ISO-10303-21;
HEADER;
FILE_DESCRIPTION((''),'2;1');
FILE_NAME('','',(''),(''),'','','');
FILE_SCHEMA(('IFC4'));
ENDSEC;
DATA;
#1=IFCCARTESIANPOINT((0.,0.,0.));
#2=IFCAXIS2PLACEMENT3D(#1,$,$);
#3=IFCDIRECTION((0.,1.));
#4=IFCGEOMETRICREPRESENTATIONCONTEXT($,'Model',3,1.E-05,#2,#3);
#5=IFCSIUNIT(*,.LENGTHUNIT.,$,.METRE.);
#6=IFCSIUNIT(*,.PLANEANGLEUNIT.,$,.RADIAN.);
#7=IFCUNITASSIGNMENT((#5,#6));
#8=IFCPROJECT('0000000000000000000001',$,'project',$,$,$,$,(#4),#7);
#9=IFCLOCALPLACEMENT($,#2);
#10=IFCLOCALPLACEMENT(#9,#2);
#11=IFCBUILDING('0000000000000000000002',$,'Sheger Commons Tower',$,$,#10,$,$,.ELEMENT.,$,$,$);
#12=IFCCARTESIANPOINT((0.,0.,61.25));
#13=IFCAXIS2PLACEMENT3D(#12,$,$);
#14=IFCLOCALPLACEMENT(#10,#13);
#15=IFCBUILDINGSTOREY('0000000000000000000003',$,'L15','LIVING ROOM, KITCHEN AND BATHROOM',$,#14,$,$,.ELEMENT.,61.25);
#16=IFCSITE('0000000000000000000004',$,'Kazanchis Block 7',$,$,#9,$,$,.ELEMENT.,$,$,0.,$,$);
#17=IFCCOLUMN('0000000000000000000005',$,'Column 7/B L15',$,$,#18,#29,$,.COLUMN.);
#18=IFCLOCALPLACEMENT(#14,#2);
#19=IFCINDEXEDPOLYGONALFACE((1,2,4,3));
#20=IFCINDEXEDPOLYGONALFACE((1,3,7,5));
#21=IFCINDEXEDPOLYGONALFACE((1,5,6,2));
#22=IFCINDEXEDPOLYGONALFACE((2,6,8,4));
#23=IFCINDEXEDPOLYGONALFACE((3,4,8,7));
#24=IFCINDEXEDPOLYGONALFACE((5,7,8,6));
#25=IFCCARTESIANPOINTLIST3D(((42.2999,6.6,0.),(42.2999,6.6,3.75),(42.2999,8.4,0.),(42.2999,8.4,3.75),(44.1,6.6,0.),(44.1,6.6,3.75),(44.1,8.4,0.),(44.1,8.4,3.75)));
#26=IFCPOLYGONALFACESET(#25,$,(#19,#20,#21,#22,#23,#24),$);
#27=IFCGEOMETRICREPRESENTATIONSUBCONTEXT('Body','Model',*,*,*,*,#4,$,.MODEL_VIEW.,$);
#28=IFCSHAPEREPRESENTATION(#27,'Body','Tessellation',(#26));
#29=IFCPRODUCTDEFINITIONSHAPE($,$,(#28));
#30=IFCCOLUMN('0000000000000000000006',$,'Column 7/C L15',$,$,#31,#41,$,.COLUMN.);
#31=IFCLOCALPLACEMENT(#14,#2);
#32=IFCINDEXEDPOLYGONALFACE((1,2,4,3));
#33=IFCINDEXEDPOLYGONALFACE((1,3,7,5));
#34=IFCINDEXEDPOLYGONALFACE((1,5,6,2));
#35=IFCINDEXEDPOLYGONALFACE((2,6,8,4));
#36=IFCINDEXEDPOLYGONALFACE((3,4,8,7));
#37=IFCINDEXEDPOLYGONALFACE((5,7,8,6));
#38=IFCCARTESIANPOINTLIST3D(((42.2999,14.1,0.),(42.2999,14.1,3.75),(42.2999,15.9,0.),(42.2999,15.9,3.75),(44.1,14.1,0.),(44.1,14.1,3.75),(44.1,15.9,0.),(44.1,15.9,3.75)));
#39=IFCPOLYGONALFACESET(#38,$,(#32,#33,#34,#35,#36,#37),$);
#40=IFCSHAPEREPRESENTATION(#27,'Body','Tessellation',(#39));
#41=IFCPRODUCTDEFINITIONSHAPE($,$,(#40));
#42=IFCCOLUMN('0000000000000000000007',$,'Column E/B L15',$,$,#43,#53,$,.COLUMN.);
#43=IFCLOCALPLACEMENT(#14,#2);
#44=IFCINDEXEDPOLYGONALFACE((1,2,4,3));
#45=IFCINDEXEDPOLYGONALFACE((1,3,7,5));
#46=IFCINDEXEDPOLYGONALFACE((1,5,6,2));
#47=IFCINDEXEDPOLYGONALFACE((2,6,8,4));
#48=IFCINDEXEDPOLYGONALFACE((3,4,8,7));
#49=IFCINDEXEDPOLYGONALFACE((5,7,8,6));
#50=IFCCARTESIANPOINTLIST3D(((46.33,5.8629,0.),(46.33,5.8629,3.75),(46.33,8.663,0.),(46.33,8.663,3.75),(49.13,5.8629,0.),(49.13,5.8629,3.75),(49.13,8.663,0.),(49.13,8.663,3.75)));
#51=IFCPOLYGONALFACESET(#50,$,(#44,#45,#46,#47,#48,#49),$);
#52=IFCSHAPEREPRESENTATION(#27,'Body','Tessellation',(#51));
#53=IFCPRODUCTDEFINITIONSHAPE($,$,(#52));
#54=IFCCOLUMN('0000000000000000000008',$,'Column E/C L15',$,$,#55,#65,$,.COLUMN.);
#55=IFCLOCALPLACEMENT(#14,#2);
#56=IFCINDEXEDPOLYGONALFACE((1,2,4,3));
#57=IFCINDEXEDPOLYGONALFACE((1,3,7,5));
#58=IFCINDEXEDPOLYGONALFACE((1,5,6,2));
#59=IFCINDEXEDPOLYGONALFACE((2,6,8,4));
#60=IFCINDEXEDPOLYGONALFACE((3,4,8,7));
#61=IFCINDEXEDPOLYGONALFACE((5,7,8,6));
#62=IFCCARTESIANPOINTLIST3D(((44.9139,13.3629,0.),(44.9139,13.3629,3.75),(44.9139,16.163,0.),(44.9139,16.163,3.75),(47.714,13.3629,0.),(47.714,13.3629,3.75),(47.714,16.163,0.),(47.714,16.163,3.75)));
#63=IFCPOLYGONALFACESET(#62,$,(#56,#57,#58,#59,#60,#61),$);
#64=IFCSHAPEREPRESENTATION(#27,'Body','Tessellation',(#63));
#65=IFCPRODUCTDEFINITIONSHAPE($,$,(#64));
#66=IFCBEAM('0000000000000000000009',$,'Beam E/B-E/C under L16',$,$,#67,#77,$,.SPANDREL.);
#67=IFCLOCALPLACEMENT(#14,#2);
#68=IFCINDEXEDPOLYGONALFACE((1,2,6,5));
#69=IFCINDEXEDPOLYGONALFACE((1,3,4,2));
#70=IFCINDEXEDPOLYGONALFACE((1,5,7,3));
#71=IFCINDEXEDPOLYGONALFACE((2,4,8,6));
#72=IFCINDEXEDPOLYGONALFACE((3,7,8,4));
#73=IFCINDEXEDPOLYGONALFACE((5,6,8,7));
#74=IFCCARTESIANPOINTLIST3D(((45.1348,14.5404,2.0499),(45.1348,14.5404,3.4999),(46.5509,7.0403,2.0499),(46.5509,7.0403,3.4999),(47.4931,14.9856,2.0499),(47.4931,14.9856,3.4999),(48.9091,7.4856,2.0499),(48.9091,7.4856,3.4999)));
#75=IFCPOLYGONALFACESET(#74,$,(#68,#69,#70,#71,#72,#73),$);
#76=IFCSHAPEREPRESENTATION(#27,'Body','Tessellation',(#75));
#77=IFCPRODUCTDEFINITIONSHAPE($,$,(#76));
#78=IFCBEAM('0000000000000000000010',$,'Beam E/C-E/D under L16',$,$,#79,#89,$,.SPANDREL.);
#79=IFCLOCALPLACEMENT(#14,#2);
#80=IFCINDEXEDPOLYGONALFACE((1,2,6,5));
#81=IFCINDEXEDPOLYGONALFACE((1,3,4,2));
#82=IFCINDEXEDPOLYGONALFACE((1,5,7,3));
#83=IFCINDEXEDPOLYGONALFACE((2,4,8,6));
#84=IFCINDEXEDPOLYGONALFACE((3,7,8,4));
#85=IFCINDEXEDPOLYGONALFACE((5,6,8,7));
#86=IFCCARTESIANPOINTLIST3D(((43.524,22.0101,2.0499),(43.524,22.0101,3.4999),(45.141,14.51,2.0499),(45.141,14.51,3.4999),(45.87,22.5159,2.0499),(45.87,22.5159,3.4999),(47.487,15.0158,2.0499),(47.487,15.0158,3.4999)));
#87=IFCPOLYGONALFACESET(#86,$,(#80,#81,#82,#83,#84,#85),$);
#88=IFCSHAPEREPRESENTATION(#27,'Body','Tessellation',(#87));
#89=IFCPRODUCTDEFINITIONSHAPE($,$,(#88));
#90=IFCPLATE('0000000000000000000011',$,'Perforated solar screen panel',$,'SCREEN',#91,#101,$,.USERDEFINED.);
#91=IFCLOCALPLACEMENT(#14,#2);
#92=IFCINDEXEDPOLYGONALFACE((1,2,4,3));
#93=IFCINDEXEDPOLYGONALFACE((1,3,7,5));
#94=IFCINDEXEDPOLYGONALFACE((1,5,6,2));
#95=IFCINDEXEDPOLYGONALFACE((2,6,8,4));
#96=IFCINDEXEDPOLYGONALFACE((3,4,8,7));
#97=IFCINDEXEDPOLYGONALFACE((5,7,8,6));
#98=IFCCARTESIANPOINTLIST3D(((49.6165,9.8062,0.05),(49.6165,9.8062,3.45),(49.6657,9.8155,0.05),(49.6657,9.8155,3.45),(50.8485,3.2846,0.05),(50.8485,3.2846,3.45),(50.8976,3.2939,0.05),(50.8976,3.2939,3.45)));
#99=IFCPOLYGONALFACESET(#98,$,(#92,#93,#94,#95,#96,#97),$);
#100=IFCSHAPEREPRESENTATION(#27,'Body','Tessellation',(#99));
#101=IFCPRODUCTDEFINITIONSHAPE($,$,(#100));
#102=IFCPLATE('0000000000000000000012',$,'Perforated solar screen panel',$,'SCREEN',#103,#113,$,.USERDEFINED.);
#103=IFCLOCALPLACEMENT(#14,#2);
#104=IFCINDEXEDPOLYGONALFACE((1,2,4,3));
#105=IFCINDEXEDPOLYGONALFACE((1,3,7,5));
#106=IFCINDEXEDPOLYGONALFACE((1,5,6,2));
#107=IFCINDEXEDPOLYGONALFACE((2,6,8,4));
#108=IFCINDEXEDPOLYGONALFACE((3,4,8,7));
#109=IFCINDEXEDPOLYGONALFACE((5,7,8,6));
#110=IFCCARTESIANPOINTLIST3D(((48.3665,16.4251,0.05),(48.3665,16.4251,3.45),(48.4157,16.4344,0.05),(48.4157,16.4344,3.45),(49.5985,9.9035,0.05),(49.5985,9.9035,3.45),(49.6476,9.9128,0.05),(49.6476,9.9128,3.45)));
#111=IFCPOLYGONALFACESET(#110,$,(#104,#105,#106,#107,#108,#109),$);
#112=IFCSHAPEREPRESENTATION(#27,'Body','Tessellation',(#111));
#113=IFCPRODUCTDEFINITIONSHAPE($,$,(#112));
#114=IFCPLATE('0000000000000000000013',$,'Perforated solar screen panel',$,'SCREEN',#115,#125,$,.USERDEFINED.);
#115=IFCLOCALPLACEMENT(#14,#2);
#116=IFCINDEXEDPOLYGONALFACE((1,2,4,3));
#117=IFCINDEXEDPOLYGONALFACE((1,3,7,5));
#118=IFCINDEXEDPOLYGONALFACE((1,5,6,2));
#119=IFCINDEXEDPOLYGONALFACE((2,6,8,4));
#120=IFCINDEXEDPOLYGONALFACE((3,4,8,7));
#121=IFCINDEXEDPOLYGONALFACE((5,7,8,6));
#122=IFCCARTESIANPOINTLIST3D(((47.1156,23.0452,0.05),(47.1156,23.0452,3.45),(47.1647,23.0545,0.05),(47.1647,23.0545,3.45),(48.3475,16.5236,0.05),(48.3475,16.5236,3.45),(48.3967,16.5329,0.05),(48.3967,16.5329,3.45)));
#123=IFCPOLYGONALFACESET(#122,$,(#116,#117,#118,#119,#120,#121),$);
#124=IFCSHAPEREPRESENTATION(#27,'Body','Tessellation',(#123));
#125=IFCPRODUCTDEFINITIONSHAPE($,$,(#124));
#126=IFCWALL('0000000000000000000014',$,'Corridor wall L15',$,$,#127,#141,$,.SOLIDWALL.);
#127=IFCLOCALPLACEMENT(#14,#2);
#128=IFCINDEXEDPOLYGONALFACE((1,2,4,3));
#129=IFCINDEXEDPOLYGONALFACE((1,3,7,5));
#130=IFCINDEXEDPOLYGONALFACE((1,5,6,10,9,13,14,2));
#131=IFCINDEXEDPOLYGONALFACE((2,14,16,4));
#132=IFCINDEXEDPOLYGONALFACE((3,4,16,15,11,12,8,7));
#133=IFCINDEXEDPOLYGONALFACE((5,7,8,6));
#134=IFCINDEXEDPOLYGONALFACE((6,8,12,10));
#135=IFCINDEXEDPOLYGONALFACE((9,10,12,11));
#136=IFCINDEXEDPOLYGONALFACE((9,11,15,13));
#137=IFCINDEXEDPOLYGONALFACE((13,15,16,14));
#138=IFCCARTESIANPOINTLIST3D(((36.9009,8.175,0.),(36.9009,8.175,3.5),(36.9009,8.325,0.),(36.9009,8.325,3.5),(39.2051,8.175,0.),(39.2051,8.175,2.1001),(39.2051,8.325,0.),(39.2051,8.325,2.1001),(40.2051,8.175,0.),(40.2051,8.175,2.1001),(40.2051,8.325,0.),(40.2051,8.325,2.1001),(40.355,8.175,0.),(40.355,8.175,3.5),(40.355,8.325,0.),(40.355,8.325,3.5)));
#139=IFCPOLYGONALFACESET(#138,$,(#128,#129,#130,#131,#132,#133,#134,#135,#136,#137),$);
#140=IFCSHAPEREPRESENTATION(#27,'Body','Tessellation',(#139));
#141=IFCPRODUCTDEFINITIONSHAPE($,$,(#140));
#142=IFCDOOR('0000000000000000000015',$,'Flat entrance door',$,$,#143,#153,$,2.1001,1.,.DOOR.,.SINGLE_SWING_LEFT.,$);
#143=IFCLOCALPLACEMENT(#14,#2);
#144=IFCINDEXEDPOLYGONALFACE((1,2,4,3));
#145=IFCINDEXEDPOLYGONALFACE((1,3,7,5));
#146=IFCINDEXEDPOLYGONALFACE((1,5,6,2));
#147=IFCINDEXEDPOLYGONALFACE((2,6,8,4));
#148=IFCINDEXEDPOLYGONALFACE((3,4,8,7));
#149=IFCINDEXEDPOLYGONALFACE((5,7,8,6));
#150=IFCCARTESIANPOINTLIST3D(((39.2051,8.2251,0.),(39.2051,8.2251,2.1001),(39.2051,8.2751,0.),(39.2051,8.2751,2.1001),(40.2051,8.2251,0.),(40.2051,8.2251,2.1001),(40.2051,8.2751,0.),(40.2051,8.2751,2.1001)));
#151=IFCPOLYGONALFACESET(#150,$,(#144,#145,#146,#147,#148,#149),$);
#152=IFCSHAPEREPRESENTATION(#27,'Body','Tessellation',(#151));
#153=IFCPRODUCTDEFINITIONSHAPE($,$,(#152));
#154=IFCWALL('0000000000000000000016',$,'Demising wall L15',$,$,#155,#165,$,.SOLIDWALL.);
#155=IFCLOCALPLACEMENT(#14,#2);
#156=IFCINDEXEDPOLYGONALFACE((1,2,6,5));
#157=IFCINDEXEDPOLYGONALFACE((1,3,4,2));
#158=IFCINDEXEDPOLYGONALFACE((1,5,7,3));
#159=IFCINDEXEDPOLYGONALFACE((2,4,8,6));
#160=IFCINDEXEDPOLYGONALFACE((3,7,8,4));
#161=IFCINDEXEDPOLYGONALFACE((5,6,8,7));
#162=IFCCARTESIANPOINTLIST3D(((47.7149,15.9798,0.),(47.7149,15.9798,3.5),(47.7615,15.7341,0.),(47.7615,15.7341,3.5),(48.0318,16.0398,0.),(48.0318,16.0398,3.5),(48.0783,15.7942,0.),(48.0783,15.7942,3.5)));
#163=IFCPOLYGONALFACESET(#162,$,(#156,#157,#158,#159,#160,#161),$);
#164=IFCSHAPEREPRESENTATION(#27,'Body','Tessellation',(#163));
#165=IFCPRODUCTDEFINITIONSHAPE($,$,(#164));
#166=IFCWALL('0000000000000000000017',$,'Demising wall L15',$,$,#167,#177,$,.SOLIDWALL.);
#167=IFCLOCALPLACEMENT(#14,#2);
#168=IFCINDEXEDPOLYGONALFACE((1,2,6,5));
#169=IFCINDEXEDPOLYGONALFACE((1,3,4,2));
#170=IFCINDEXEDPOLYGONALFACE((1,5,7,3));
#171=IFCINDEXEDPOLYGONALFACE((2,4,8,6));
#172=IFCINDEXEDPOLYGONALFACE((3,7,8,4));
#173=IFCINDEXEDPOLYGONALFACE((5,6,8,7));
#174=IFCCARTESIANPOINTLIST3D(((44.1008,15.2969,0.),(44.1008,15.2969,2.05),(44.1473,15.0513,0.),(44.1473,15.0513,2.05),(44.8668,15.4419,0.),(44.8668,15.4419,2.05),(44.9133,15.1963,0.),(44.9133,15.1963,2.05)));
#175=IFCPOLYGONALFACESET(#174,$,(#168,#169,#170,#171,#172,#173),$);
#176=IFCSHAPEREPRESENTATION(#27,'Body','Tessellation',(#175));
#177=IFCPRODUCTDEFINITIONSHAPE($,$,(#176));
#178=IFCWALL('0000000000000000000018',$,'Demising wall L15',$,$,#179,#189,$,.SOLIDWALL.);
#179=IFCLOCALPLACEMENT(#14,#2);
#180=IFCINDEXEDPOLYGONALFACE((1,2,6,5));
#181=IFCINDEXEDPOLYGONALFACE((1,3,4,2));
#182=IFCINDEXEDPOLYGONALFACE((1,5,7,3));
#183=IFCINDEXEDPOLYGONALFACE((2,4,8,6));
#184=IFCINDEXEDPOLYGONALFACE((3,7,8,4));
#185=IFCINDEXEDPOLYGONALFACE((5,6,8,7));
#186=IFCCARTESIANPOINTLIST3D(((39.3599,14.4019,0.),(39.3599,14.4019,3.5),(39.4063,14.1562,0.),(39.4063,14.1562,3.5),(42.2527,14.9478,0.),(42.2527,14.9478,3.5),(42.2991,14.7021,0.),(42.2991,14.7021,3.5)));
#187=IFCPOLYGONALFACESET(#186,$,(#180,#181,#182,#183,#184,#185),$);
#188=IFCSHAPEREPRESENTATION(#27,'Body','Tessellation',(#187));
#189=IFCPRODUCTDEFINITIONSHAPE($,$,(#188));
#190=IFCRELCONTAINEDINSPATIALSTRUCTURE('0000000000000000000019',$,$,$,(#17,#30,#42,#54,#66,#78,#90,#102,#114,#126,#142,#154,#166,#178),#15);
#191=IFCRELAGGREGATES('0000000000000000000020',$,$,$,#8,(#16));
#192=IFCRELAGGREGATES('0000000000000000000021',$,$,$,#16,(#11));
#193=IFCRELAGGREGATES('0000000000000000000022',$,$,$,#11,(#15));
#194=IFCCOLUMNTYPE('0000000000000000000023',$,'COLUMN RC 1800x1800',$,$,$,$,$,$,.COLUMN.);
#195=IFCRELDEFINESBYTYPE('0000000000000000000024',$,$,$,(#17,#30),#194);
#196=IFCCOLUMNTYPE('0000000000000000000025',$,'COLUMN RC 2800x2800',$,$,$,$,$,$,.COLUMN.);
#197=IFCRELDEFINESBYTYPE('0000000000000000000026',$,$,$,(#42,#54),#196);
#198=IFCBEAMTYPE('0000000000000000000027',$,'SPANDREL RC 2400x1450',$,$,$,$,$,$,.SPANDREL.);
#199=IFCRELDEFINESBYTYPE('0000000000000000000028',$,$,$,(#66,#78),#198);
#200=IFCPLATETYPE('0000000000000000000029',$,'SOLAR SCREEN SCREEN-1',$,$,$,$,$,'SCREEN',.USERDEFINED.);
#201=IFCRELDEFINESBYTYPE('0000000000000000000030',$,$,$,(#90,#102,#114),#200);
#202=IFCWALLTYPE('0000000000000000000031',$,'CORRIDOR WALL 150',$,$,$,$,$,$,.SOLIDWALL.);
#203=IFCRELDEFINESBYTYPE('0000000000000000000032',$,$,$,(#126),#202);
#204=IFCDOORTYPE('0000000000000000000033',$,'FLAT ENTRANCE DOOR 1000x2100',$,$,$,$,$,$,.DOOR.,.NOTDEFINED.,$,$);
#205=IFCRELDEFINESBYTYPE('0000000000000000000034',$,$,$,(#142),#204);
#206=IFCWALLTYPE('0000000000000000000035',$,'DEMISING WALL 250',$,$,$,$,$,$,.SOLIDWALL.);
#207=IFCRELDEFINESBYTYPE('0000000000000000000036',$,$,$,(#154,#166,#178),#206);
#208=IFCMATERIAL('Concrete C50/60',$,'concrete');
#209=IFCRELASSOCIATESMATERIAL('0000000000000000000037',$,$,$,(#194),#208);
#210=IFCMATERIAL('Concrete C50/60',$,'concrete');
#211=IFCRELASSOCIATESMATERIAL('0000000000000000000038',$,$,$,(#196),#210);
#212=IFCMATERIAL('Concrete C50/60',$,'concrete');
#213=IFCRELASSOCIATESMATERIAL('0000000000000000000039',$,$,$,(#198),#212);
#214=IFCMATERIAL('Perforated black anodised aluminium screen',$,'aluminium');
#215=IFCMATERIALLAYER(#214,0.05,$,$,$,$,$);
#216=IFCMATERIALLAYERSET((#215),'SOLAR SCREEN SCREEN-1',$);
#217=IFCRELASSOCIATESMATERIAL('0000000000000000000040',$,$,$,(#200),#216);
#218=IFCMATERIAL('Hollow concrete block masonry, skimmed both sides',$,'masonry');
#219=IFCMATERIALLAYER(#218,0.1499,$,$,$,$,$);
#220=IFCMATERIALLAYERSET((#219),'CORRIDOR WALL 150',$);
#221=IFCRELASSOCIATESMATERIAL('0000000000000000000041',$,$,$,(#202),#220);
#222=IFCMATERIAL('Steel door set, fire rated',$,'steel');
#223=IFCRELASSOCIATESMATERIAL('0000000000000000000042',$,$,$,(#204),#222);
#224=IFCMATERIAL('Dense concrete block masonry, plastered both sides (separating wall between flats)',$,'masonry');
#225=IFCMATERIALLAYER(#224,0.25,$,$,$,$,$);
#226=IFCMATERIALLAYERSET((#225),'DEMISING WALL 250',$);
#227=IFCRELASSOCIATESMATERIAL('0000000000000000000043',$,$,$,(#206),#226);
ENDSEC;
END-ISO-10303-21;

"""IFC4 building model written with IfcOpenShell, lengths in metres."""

from ifc_helpers import new_model, si_unit, direction, frame, frame_2d, origin, origin_2d, place, context, subcontext, project, spatial, rectangle, extrude, material, layer, layer_set, material_profile, profile_set, type_object, element, fill, save


model = new_model("IFC4")

# Units and contexts
model_context = context("Model", 3, precision=1e-05, world=origin(), true_north=direction((0.0, 1.0)))
body_context = subcontext(model_context, "Body", "Model", "MODEL_VIEW")
ifc_project = project(units=[si_unit("LENGTHUNIT", "METRE"), si_unit("PLANEANGLEUNIT", "RADIAN")], contexts=[model_context])

# Site, building, storey
site_placement = place(None, origin())
site = spatial("IfcSite", under=ifc_project, at=site_placement, Name="Kazanchis Block 7", CompositionType="ELEMENT", RefElevation=0.0)
building_placement = place(site_placement, origin())
building = spatial("IfcBuilding", under=site, at=building_placement, Name="Sheger Commons Tower", CompositionType="ELEMENT")
storey_placement = place(building_placement, frame((0.0, 0.0, 61.25)))
storey = spatial("IfcBuildingStorey", under=building, at=storey_placement, Name="L15", Description="LIVING ROOM, KITCHEN AND BATHROOM", CompositionType="ELEMENT", Elevation=61.25)

# Columns
ifc_material_1 = material(Name="Concrete C50/60", Category="concrete")
ifc_material_profile_1 = material_profile(ifc_material_1, rectangle(XDim=1.8, YDim=1.8, at=origin_2d()), Name="RC 1800x1800")
ifc_profile_set_1 = profile_set([ifc_material_profile_1], Name="Concrete C50/60")
column_type_1 = type_object("IfcColumnType", Name="COLUMN RC 1800x1800", PredefinedType="COLUMN", material=ifc_profile_set_1)
for number, where, z_axis, x_axis, name in (
    (1, (43.2, 7.5, 0.0), (0.0, 0.0, 1.0), (1.0, 0.0, 0.0), "Column 7/B L15"),
    (2, (43.2, 15.0, 0.0), (0.0, 0.0, 1.0), (1.0, 0.0, 0.0), "Column 7/C L15"),
):
    element("IfcColumn", number, at=place(storey_placement, frame(where, z_axis=z_axis, x_axis=x_axis)), inside=storey, type_object=column_type_1, Name=name, PredefinedType="COLUMN", context=body_context, shape_type="SweptSolid", body=[
        extrude(rectangle(XDim=1.8, YDim=1.8, at=origin_2d()), origin(), (0.0, 0.0, 1.0), 3.75),
    ])
ifc_material_2 = material(Name="Concrete C50/60", Category="concrete")
ifc_material_profile_2 = material_profile(ifc_material_2, rectangle(XDim=2.8, YDim=2.8, at=origin_2d()), Name="RC 2800x2800")
ifc_profile_set_2 = profile_set([ifc_material_profile_2], Name="Concrete C50/60")
column_type_2 = type_object("IfcColumnType", Name="COLUMN RC 2800x2800", PredefinedType="COLUMN", material=ifc_profile_set_2)
for number, where, z_axis, x_axis, name in (
    (3, (47.73, 7.2629, 0.0), (0.0, 0.0, 1.0), (1.0, 0.0, 0.0), "Column E/B L15"),
    (4, (46.314, 14.7629, 0.0), (0.0, 0.0, 1.0), (1.0, 0.0, 0.0), "Column E/C L15"),
):
    element("IfcColumn", number, at=place(storey_placement, frame(where, z_axis=z_axis, x_axis=x_axis)), inside=storey, type_object=column_type_2, Name=name, PredefinedType="COLUMN", context=body_context, shape_type="SweptSolid", body=[
        extrude(rectangle(XDim=2.8, YDim=2.8, at=origin_2d()), origin(), (0.0, 0.0, 1.0), 3.75),
    ])

# Beams
ifc_material_3 = material(Name="Concrete C50/60", Category="concrete")
ifc_material_profile_3 = material_profile(ifc_material_3, rectangle(XDim=2.3999, YDim=1.45, at=origin_2d()), Name="RC 2400x1450")
ifc_profile_set_3 = profile_set([ifc_material_profile_3], Name="Concrete C50/60")
beam_type = type_object("IfcBeamType", Name="SPANDREL RC 2400x1450", PredefinedType="SPANDREL", material=ifc_profile_set_3)
beam_1_placement = place(storey_placement, frame((47.73, 7.2629, 2.7749), z_axis=(-0.185524, 0.98264, 0.0), x_axis=(-0.98264, -0.185524, 0.0)))
element("IfcBeam", 5, at=beam_1_placement, inside=storey, type_object=beam_type, Name="Beam E/B-E/C under L16", PredefinedType="SPANDREL", context=body_context, shape_type="SweptSolid", body=[
    extrude(rectangle(XDim=2.3999, YDim=1.45, at=origin_2d()), origin(), (0.0, 0.0, 1.0), 7.6326),
])
beam_2_placement = place(storey_placement, frame((46.314, 14.7629, 2.7749), z_axis=(-0.21075, 0.97754, 0.0), x_axis=(-0.97754, -0.21075, 0.0)))
element("IfcBeam", 6, at=beam_2_placement, inside=storey, type_object=beam_type, Name="Beam E/C-E/D under L16", PredefinedType="SPANDREL", context=body_context, shape_type="SweptSolid", body=[
    extrude(rectangle(XDim=2.3999, YDim=1.45, at=origin_2d()), origin(), (0.0, 0.0, 1.0), 7.6724),
])

# Plates
ifc_material_4 = material(Name="Perforated black anodised aluminium screen", Category="aluminium")
ifc_layer_1 = layer(ifc_material_4, 0.05)
ifc_layer_set_1 = layer_set([ifc_layer_1], Name="SOLAR SCREEN SCREEN-1")
plate_type = type_object("IfcPlateType", Name="SOLAR SCREEN SCREEN-1", ElementType="SCREEN", PredefinedType="USERDEFINED", material=ifc_layer_set_1)
for number, where, z_axis, x_axis, name in (
    (7, (50.2571, 6.55, 0.05), (0.0, 0.0, 1.0), (-0.185615, 0.982623, 0.0), "Perforated solar screen panel"),
    (8, (49.0071, 13.1689, 0.05), (0.0, 0.0, 1.0), (-0.185615, 0.982623, 0.0), "Perforated solar screen panel"),
    (9, (47.7561, 19.7891, 0.05), (0.0, 0.0, 1.0), (-0.185615, 0.982623, 0.0), "Perforated solar screen panel"),
):
    element("IfcPlate", number, at=place(storey_placement, frame(where, z_axis=z_axis, x_axis=x_axis)), inside=storey, type_object=plate_type, Name=name, ObjectType="SCREEN", PredefinedType="USERDEFINED", context=body_context, shape_type="SweptSolid", body=[
        extrude(rectangle(XDim=6.637, YDim=0.05, at=origin_2d()), origin(), (0.0, 0.0, 1.0), 3.3999),
    ])

# Wall, opening, door
ifc_material_5 = material(Name="Hollow concrete block masonry, skimmed both sides", Category="masonry")
ifc_layer_2 = layer(ifc_material_5, 0.1499)
ifc_layer_set_2 = layer_set([ifc_layer_2], Name="CORRIDOR WALL 150")
wall_type_1 = type_object("IfcWallType", Name="CORRIDOR WALL 150", PredefinedType="SOLIDWALL", material=ifc_layer_set_2)
wall_1_placement = place(storey_placement, frame((40.355, 8.25, 0.0), z_axis=(0.0, 0.0, 1.0), x_axis=(-1.0, 0.0, 0.0)))
wall_1 = element("IfcWall", 10, at=wall_1_placement, inside=storey, type_object=wall_type_1, Name="Corridor wall L15", PredefinedType="SOLIDWALL", context=body_context, shape_type="SweptSolid", body=[
    extrude(rectangle(XDim=3.4541, YDim=0.1499, at=frame_2d((1.7271, 0.0))), origin(), (0.0, 0.0, 1.0), 3.5),
])
opening_1_placement = place(wall_1_placement, frame((0.1499, 0.0, 0.0)))
opening_1 = element("IfcOpeningElement", 11, at=opening_1_placement, cuts=wall_1, PredefinedType="OPENING", context=body_context, shape_type="SweptSolid", body=[
    extrude(rectangle(XDim=1.0, YDim=2.1001, at=frame_2d((0.5, 1.05))), frame((0.0, 0.085, 0.0), z_axis=(0.0, -1.0, 0.0), x_axis=(1.0, 0.0, 0.0)), (0.0, 0.0, 1.0), 0.1699),
])
ifc_material_6 = material(Name="Steel door set, fire rated", Category="steel")
door_type_1 = type_object("IfcDoorType", Name="FLAT ENTRANCE DOOR 1000x2100", OperationType="NOTDEFINED", PredefinedType="DOOR", material=ifc_material_6)
door_1_placement = place(opening_1_placement, origin())
door_1 = element("IfcDoor", 12, at=door_1_placement, inside=storey, type_object=door_type_1, Name="Flat entrance door", OperationType="SINGLE_SWING_LEFT", OverallHeight=2.1001, OverallWidth=1.0, PredefinedType="DOOR", context=body_context, shape_type="SweptSolid", body=[
    extrude(rectangle(XDim=1.0, YDim=2.1001, at=frame_2d((0.5, 1.05))), frame((0.0, 0.0249, 0.0), z_axis=(0.0, -1.0, 0.0), x_axis=(1.0, 0.0, 0.0)), (0.0, 0.0, 1.0), 0.05),
])
fill(opening_1, door_1)

# Walls
ifc_material_7 = material(Name="Dense concrete block masonry, plastered both sides (separating wall between flats)", Category="masonry")
ifc_layer_3 = layer(ifc_material_7, 0.25)
ifc_layer_set_3 = layer_set([ifc_layer_3], Name="DEMISING WALL 250")
wall_type_2 = type_object("IfcWallType", Name="DEMISING WALL 250", PredefinedType="SOLIDWALL", material=ifc_layer_set_3)
wall_2_placement = place(storey_placement, frame((48.0549, 15.917, 0.0), z_axis=(0.0, 0.0, 1.0), x_axis=(-0.98251, -0.186208, 0.0)))
element("IfcWall", 13, at=wall_2_placement, inside=storey, type_object=wall_type_2, Name="Demising wall L15", PredefinedType="SOLIDWALL", context=body_context, shape_type="SweptSolid", body=[
    extrude(rectangle(XDim=0.3225, YDim=0.25, at=frame_2d((0.1611, 0.0))), origin(), (0.0, 0.0, 1.0), 3.5),
])
wall_3_placement = place(storey_placement, frame((44.8899, 15.3191, 0.0), z_axis=(0.0, 0.0, 1.0), x_axis=(-0.982541, -0.186047, 0.0)))
element("IfcWall", 14, at=wall_3_placement, inside=storey, type_object=wall_type_2, Name="Demising wall L15", PredefinedType="SOLIDWALL", context=body_context, shape_type="SweptSolid", body=[
    extrude(rectangle(XDim=0.7795, YDim=0.25, at=frame_2d((0.3896, 0.0))), origin(), (0.0, 0.0, 1.0), 2.05),
])
wall_4_placement = place(storey_placement, frame((42.2759, 14.825, 0.0), z_axis=(0.0, 0.0, 1.0), x_axis=(-0.982657, -0.185435, 0.0)))
element("IfcWall", 15, at=wall_4_placement, inside=storey, type_object=wall_type_2, Name="Demising wall L15", PredefinedType="SOLIDWALL", context=body_context, shape_type="SweptSolid", body=[
    extrude(rectangle(XDim=2.9438, YDim=0.25, at=frame_2d((1.4719, 0.0))), origin(), (0.0, 0.0, 1.0), 3.5),
])

save(model, "model.ifc")
